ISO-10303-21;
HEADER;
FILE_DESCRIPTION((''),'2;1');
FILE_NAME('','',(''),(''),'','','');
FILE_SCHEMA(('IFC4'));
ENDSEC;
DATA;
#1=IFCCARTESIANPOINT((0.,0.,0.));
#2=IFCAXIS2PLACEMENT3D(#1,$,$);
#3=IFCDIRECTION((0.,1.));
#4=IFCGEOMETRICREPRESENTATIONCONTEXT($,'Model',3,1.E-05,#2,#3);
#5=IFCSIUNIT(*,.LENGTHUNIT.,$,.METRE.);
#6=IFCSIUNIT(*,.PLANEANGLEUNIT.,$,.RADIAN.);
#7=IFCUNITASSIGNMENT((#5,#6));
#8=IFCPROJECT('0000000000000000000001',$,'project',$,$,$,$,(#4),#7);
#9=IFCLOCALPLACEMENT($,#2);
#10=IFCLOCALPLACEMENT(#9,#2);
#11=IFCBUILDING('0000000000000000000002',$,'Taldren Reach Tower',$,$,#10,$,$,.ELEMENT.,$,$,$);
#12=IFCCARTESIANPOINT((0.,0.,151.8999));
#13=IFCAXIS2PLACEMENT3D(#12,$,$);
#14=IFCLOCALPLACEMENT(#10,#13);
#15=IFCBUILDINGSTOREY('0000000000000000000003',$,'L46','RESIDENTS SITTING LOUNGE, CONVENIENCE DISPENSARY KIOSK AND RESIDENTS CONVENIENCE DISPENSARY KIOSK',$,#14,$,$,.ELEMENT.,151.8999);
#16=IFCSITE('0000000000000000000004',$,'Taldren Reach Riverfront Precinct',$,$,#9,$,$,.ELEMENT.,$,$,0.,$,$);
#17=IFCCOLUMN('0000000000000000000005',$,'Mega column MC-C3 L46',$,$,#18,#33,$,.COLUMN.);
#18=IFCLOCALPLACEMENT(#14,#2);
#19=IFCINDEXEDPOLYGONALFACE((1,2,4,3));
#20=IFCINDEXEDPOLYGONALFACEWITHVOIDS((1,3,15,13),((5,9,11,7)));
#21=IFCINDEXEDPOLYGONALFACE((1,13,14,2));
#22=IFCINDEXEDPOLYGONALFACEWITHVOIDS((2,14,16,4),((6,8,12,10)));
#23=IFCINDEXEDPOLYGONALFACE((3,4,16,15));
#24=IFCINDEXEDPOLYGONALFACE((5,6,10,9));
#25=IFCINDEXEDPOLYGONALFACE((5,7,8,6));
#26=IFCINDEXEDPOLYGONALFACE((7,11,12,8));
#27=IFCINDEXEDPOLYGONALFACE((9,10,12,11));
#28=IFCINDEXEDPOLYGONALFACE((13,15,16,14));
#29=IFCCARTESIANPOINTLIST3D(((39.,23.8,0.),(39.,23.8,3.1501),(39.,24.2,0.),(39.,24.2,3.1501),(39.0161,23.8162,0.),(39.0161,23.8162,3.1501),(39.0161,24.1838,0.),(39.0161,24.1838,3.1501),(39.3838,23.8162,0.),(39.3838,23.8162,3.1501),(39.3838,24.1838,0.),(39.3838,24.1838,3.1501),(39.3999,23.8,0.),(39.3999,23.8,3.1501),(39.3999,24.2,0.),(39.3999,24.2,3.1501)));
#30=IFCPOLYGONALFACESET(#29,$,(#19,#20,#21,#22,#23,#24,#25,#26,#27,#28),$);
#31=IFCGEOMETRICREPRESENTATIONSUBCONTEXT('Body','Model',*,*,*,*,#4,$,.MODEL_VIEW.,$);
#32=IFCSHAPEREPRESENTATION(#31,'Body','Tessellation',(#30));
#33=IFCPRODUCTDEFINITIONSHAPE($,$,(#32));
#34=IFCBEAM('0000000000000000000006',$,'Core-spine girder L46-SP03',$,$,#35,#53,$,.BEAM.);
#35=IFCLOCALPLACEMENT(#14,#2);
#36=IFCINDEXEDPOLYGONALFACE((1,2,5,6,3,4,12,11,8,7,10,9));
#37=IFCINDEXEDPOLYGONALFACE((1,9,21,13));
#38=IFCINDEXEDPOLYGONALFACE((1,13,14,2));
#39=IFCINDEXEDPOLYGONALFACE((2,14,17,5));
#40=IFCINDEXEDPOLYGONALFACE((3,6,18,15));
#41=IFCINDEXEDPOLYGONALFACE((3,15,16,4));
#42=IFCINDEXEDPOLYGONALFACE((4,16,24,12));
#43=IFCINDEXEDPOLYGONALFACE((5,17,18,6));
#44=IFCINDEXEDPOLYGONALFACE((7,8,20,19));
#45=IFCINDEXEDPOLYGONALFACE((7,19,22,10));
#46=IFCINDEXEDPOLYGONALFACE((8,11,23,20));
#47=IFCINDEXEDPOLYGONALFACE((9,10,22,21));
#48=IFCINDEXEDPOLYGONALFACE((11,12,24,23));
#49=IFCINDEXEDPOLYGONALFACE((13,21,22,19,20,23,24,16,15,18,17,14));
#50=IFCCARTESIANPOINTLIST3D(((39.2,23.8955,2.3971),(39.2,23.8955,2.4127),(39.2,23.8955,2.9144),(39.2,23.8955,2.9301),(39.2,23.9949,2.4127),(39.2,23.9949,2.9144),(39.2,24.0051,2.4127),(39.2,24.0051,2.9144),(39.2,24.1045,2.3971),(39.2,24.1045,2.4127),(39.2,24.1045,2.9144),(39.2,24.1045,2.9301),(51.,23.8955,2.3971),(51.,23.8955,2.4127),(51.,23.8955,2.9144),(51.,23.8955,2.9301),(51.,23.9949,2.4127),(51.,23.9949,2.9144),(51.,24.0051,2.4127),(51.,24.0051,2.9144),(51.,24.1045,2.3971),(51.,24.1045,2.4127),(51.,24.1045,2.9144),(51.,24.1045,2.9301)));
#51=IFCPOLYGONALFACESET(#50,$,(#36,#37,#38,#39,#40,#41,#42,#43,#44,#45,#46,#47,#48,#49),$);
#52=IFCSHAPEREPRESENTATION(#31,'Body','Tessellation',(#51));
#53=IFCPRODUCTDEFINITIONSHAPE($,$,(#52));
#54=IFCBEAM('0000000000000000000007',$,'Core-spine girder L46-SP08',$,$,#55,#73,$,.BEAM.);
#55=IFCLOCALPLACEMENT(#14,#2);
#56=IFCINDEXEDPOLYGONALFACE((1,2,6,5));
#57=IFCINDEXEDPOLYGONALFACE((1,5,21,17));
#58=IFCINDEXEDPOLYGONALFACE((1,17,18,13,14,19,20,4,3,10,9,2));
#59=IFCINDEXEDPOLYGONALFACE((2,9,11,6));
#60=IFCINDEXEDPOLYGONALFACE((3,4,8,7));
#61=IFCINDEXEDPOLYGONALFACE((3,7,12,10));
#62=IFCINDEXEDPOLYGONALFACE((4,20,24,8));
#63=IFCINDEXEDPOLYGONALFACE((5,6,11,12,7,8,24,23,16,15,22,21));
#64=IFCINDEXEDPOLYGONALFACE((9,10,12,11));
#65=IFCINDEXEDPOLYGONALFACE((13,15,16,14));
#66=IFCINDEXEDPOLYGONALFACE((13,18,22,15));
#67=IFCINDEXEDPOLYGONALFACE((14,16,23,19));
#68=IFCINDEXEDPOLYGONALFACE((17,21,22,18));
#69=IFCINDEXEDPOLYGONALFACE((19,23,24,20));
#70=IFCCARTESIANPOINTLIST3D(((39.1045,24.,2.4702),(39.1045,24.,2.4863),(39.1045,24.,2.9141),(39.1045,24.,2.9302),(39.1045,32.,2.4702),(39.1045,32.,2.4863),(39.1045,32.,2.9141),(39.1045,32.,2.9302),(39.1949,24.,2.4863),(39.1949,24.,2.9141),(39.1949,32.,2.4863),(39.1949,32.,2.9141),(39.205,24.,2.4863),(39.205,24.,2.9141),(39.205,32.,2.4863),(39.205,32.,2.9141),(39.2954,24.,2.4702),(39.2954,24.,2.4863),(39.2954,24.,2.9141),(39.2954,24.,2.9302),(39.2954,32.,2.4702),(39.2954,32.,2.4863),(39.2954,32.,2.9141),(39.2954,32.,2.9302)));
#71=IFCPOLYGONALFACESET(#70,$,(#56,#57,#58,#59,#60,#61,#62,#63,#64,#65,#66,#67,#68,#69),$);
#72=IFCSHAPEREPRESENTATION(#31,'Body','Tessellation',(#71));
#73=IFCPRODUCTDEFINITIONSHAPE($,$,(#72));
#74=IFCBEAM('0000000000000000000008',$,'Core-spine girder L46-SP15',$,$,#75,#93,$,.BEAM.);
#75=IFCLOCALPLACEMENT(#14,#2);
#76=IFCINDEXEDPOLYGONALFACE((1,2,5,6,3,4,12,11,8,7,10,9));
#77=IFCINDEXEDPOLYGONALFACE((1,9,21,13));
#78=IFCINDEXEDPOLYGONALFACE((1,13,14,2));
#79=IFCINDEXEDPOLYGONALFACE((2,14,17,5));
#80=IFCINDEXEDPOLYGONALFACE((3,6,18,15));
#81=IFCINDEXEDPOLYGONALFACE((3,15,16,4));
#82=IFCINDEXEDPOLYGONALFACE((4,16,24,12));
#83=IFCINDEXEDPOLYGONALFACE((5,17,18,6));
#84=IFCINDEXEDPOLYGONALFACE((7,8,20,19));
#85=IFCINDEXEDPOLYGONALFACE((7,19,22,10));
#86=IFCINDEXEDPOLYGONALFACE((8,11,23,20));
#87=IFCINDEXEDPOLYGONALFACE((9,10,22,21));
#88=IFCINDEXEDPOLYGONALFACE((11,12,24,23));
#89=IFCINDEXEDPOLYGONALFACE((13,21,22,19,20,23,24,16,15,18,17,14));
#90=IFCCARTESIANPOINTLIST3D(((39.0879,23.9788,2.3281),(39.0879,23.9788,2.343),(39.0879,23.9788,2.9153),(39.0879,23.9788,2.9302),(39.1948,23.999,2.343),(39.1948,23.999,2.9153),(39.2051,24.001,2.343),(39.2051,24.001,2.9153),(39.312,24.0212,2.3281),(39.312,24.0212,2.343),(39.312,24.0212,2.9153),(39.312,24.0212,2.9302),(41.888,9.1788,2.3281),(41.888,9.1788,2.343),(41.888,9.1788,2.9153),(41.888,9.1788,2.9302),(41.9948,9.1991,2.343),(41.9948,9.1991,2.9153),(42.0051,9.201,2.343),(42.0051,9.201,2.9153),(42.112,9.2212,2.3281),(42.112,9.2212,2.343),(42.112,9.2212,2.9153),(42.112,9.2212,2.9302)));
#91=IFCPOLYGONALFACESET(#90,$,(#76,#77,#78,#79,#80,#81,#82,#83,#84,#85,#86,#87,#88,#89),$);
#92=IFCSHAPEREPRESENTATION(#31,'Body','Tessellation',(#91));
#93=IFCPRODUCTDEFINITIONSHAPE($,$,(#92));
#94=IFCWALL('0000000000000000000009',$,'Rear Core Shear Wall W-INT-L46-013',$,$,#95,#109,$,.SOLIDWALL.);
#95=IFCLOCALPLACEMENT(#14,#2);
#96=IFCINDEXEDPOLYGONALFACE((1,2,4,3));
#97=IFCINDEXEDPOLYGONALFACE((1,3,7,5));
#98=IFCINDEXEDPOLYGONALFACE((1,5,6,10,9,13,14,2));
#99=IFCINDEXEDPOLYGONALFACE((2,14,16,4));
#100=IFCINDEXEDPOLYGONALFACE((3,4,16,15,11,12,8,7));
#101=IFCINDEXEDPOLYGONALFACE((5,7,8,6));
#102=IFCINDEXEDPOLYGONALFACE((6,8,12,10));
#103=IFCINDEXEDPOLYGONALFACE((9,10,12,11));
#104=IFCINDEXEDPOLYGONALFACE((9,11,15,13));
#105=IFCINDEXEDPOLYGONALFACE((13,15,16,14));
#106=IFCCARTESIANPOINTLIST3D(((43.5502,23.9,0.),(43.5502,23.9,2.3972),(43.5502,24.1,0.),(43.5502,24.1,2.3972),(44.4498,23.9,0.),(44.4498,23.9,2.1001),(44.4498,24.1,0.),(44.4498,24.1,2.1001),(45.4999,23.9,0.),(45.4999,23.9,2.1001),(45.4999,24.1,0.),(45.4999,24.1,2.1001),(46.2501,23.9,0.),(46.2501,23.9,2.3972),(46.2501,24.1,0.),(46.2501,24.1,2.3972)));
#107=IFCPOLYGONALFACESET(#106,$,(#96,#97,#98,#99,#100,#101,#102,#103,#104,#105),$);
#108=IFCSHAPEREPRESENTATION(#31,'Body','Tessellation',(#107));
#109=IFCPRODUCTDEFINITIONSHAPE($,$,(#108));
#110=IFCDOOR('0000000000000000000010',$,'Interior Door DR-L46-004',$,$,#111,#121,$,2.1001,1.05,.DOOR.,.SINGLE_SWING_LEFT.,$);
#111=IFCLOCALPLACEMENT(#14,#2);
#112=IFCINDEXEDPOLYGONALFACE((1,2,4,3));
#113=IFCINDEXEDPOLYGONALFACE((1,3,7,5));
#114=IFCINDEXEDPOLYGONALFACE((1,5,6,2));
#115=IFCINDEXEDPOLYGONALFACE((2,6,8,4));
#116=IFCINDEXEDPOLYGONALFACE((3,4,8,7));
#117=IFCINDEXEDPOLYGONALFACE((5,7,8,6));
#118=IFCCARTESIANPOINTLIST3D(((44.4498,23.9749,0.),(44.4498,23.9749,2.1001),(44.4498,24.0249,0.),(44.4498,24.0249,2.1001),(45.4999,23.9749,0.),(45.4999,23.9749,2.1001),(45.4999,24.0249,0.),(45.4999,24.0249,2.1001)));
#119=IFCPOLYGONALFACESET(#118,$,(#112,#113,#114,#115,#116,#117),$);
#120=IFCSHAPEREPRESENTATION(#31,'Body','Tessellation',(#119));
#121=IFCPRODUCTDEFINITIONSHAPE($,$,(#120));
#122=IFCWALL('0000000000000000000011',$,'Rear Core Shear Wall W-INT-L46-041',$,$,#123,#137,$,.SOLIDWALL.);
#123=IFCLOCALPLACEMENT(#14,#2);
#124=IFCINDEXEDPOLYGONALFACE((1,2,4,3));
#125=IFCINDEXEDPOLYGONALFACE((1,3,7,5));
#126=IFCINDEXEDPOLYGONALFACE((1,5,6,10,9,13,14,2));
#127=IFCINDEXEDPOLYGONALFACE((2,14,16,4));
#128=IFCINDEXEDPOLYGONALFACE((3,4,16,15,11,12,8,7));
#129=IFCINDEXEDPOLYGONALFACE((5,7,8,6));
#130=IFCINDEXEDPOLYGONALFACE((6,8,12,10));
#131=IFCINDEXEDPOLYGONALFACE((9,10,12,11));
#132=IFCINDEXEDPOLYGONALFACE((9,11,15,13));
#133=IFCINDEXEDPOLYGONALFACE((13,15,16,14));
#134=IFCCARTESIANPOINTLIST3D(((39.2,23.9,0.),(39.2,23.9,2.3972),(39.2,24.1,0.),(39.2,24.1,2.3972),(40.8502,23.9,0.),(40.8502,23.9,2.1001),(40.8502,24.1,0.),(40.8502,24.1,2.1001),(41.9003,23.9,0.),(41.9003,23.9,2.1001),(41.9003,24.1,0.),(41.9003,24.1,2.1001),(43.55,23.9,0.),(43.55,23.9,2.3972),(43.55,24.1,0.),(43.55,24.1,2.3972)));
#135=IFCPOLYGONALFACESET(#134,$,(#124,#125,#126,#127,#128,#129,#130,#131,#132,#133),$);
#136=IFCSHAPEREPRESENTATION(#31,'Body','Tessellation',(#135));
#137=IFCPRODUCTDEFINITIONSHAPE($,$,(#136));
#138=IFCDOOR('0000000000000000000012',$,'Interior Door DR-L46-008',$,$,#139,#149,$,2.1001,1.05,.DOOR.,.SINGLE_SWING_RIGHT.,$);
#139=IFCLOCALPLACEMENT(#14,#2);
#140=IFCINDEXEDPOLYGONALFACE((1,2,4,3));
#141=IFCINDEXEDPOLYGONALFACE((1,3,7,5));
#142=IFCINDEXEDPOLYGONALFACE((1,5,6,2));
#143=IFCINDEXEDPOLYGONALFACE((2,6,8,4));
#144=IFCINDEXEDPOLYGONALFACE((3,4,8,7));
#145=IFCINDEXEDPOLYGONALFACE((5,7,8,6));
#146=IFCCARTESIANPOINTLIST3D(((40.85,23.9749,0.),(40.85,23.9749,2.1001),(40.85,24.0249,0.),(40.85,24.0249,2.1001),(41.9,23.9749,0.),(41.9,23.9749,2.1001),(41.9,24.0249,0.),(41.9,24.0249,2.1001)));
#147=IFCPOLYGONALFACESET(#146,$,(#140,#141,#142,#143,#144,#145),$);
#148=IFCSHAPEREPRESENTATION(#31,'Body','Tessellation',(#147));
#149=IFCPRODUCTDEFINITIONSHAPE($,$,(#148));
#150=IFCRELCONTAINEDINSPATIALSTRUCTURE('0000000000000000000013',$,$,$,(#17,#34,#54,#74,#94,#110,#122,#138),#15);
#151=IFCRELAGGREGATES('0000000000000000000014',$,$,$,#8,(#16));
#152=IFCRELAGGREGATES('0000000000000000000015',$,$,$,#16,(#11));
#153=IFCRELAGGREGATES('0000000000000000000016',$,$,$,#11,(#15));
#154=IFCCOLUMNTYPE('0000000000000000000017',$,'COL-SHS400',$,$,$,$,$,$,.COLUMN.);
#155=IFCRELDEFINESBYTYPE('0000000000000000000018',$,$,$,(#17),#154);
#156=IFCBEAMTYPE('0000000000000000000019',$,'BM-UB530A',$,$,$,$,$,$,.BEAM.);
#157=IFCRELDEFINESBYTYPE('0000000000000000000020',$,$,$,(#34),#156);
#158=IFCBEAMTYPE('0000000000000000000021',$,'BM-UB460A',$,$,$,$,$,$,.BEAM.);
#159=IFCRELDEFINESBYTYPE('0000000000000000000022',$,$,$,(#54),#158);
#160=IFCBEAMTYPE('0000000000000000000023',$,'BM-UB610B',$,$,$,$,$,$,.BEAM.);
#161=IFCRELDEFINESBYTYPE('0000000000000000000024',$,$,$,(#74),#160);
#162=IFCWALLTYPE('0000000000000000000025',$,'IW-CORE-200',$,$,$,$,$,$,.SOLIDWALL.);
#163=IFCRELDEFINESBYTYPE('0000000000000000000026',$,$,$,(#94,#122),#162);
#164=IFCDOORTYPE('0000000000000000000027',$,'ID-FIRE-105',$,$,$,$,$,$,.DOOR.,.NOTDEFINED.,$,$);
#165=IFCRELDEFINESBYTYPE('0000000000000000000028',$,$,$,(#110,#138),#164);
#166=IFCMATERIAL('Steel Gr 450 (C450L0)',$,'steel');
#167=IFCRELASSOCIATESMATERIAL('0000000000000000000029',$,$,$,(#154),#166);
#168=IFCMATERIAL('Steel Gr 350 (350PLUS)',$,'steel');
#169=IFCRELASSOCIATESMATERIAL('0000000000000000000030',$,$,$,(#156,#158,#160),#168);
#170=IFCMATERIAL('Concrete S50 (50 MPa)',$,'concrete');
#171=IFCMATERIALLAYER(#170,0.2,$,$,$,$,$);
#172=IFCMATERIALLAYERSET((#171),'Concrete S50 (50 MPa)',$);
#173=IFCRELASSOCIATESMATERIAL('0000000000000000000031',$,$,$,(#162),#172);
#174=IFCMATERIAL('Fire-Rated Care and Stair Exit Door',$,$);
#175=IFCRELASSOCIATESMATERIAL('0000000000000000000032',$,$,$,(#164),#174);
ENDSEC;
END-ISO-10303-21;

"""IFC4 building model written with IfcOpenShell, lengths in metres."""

from ifc_helpers import new_model, si_unit, direction, frame, frame_2d, origin, origin_2d, place, context, subcontext, project, spatial, rectangle, hollow_rectangle, i_section, extrude, source, transform, mapped, material, layer, layer_set, material_profile, profile_set, type_object, element, fill, save


model = new_model("IFC4")

# Units and contexts
model_context = context("Model", 3, precision=1e-05, world=origin(), true_north=direction((0.0, 1.0)))
body_context = subcontext(model_context, "Body", "Model", "MODEL_VIEW")
ifc_project = project(units=[si_unit("LENGTHUNIT", "METRE"), si_unit("PLANEANGLEUNIT", "RADIAN")], contexts=[model_context])

# Site, building, storey
site_placement = place(None, origin())
site = spatial("IfcSite", under=ifc_project, at=site_placement, Name="Taldren Reach Riverfront Precinct", CompositionType="ELEMENT", RefElevation=0.0)
building_placement = place(site_placement, origin())
building = spatial("IfcBuilding", under=site, at=building_placement, Name="Taldren Reach Tower", CompositionType="ELEMENT")
storey_placement = place(building_placement, frame((0.0, 0.0, 151.8999)))
storey = spatial("IfcBuildingStorey", under=building, at=storey_placement, Name="L46", Description="RESIDENTS SITTING LOUNGE, CONVENIENCE DISPENSARY KIOSK AND RESIDENTS CONVENIENCE DISPENSARY KIOSK", CompositionType="ELEMENT", Elevation=151.8999)

# Column
ifc_material_1 = material(Name="Steel Gr 450 (C450L0)", Category="steel")
ifc_material_profile_1 = material_profile(ifc_material_1, hollow_rectangle(XDim=0.3999, YDim=0.3999, WallThickness=0.0161, at=origin_2d()), Name="400x400x16.0SHS")
ifc_profile_set_1 = profile_set([ifc_material_profile_1], Name="Steel Gr 450 (C450L0)")
column_type = type_object("IfcColumnType", Name="COL-SHS400", PredefinedType="COLUMN", material=ifc_profile_set_1)
shared_shape_1 = source(origin(), body_context, "Body", "SweptSolid", [
    extrude(hollow_rectangle(XDim=0.3999, YDim=0.3999, WallThickness=0.0161, at=origin_2d()), origin(), (0.0, 0.0, 1.0), 3.1501),
])
column_placement = place(storey_placement, frame((39.2, 24.0, 0.0), z_axis=(0.0, 0.0, 1.0), x_axis=(1.0, 0.0, 0.0)))
element("IfcColumn", 1, at=column_placement, inside=storey, type_object=column_type, Name="Mega column MC-C3 L46", PredefinedType="COLUMN", context=body_context, shape_type="MappedRepresentation", body=[
    mapped(shared_shape_1, transform((0.0, 0.0, 0.0), scale=1.0)),
])

# Beams
ifc_material_2 = material(Name="Steel Gr 350 (350PLUS)", Category="steel")
ifc_material_profile_2 = material_profile(ifc_material_2, i_section(OverallWidth=0.209, OverallDepth=0.533, WebThickness=0.0103, FlangeThickness=0.0156, at=origin_2d()), Name="530UB92.4")
ifc_profile_set_2 = profile_set([ifc_material_profile_2], Name="Steel Gr 350 (350PLUS)")
beam_type_1 = type_object("IfcBeamType", Name="BM-UB530A", PredefinedType="BEAM", material=ifc_profile_set_2)
shared_shape_2 = source(origin(), body_context, "Body", "SweptSolid", [
    extrude(i_section(OverallWidth=0.209, OverallDepth=0.533, WebThickness=0.0103, FlangeThickness=0.0156, at=origin_2d()), origin(), (0.0, 0.0, 1.0), 11.8),
])
beam_1_placement = place(storey_placement, frame((39.2, 24.0, 2.6636), z_axis=(1.0, 0.0, 0.0), x_axis=(0.0, 1.0, 0.0)))
element("IfcBeam", 2, at=beam_1_placement, inside=storey, type_object=beam_type_1, Name="Core-spine girder L46-SP03", PredefinedType="BEAM", context=body_context, shape_type="MappedRepresentation", body=[
    mapped(shared_shape_2, transform((0.0, 0.0, 0.0), scale=1.0)),
])
ifc_material_profile_3 = material_profile(ifc_material_2, i_section(OverallWidth=0.1909, OverallDepth=0.46, WebThickness=0.01, FlangeThickness=0.0161, at=origin_2d()), Name="460UB82.1")
ifc_profile_set_3 = profile_set([ifc_material_profile_3], Name="Steel Gr 350 (350PLUS)")
beam_type_2 = type_object("IfcBeamType", Name="BM-UB460A", PredefinedType="BEAM", material=ifc_profile_set_3)
shared_shape_3 = source(origin(), body_context, "Body", "SweptSolid", [
    extrude(i_section(OverallWidth=0.1909, OverallDepth=0.46, WebThickness=0.01, FlangeThickness=0.0161, at=origin_2d()), origin(), (0.0, 0.0, 1.0), 8.0),
])
beam_2_placement = place(storey_placement, frame((39.2, 24.0, 2.7002), z_axis=(0.0, 1.0, 0.0), x_axis=(-1.0, 0.0, 0.0)))
element("IfcBeam", 3, at=beam_2_placement, inside=storey, type_object=beam_type_2, Name="Core-spine girder L46-SP08", PredefinedType="BEAM", context=body_context, shape_type="MappedRepresentation", body=[
    mapped(shared_shape_3, transform((0.0, 0.0, 0.0), scale=1.0)),
])
ifc_material_profile_4 = material_profile(ifc_material_2, i_section(OverallWidth=0.228, OverallDepth=0.6021, WebThickness=0.0105, FlangeThickness=0.0149, at=origin_2d()), Name="610UB101")
ifc_profile_set_4 = profile_set([ifc_material_profile_4], Name="Steel Gr 350 (350PLUS)")
beam_type_3 = type_object("IfcBeamType", Name="BM-UB610B", PredefinedType="BEAM", material=ifc_profile_set_4)
shared_shape_4 = source(origin(), body_context, "Body", "SweptSolid", [
    extrude(i_section(OverallWidth=0.228, OverallDepth=0.6021, WebThickness=0.0105, FlangeThickness=0.0149, at=origin_2d()), origin(), (0.0, 0.0, 1.0), 15.0625),
])
beam_3_placement = place(storey_placement, frame((39.2, 24.0, 2.6292), z_axis=(0.185894, -0.98257, 0.0), x_axis=(0.98257, 0.185894, 0.0)))
element("IfcBeam", 4, at=beam_3_placement, inside=storey, type_object=beam_type_3, Name="Core-spine girder L46-SP15", PredefinedType="BEAM", context=body_context, shape_type="MappedRepresentation", body=[
    mapped(shared_shape_4, transform((0.0, 0.0, 0.0), scale=1.0)),
])

# Walls, openings, doors
ifc_material_3 = material(Name="Concrete S50 (50 MPa)", Category="concrete")
ifc_layer_1 = layer(ifc_material_3, 0.2)
ifc_layer_set_1 = layer_set([ifc_layer_1], Name="Concrete S50 (50 MPa)")
wall_type_1 = type_object("IfcWallType", Name="IW-CORE-200", PredefinedType="SOLIDWALL", material=ifc_layer_set_1)
shared_shape_5 = source(origin(), body_context, "Body", "SweptSolid", [
    extrude(rectangle(XDim=2.7, YDim=0.2, at=frame_2d((1.3501, 0.0))), origin(), (0.0, 0.0, 1.0), 2.3972),
])
wall_1_placement = place(storey_placement, frame((43.55, 24.0, 0.0), z_axis=(0.0, 0.0, 1.0), x_axis=(1.0, 0.0, 0.0)))
wall_1 = element("IfcWall", 5, at=wall_1_placement, inside=storey, type_object=wall_type_1, Name="Rear Core Shear Wall W-INT-L46-013", PredefinedType="SOLIDWALL", context=body_context, shape_type="MappedRepresentation", body=[
    mapped(shared_shape_5, transform((0.0, 0.0, 0.0), scale=1.0)),
])
shared_shape_6 = source(origin(), body_context, "Body", "SweptSolid", [
    extrude(rectangle(XDim=1.05, YDim=2.1001, at=frame_2d((0.5249, 1.05))), frame((0.0, 0.1099, 0.0), z_axis=(0.0, -1.0, 0.0), x_axis=(1.0, 0.0, 0.0)), (0.0, 0.0, 1.0), 0.22),
])
opening_1_placement = place(wall_1_placement, frame((0.8999, 0.0, 0.0)))
opening_1 = element("IfcOpeningElement", 6, at=opening_1_placement, cuts=wall_1, PredefinedType="OPENING", context=body_context, shape_type="MappedRepresentation", body=[
    mapped(shared_shape_6, transform((0.0, 0.0, 0.0), scale=1.0)),
])
ifc_material_4 = material(Name="Fire-Rated Care and Stair Exit Door")
door_type_1 = type_object("IfcDoorType", Name="ID-FIRE-105", OperationType="NOTDEFINED", PredefinedType="DOOR", material=ifc_material_4)
shared_shape_7 = source(origin(), body_context, "Body", "SweptSolid", [
    extrude(rectangle(XDim=1.05, YDim=2.1001, at=frame_2d((0.5249, 1.05))), frame((0.0, 0.0249, 0.0), z_axis=(0.0, -1.0, 0.0), x_axis=(1.0, 0.0, 0.0)), (0.0, 0.0, 1.0), 0.05),
])
door_1_placement = place(opening_1_placement, origin())
door_1 = element("IfcDoor", 7, at=door_1_placement, inside=storey, type_object=door_type_1, Name="Interior Door DR-L46-004", OperationType="SINGLE_SWING_LEFT", OverallHeight=2.1001, OverallWidth=1.05, PredefinedType="DOOR", context=body_context, shape_type="MappedRepresentation", body=[
    mapped(shared_shape_7, transform((0.0, 0.0, 0.0), scale=1.0)),
])
fill(opening_1, door_1)
shared_shape_8 = source(origin(), body_context, "Body", "SweptSolid", [
    extrude(rectangle(XDim=4.3501, YDim=0.2, at=frame_2d((2.175, 0.0))), origin(), (0.0, 0.0, 1.0), 2.3972),
])
wall_2_placement = place(storey_placement, frame((43.55, 24.0, 0.0), z_axis=(0.0, 0.0, 1.0), x_axis=(-1.0, 0.0, 0.0)))
wall_2 = element("IfcWall", 8, at=wall_2_placement, inside=storey, type_object=wall_type_1, Name="Rear Core Shear Wall W-INT-L46-041", PredefinedType="SOLIDWALL", context=body_context, shape_type="MappedRepresentation", body=[
    mapped(shared_shape_8, transform((0.0, 0.0, 0.0), scale=1.0)),
])
opening_2_placement = place(wall_2_placement, frame((1.6499, 0.0, 0.0)))
opening_2 = element("IfcOpeningElement", 9, at=opening_2_placement, cuts=wall_2, PredefinedType="OPENING", context=body_context, shape_type="MappedRepresentation", body=[
    mapped(shared_shape_6, transform((0.0, 0.0, 0.0), scale=1.0)),
])
door_2_placement = place(opening_2_placement, frame((1.05, 0.0, 0.0), z_axis=(0.0, 0.0, 1.0), x_axis=(-1.0, 0.0, 0.0)))
door_2 = element("IfcDoor", 10, at=door_2_placement, inside=storey, type_object=door_type_1, Name="Interior Door DR-L46-008", OperationType="SINGLE_SWING_RIGHT", OverallHeight=2.1001, OverallWidth=1.05, PredefinedType="DOOR", context=body_context, shape_type="MappedRepresentation", body=[
    mapped(shared_shape_7, transform((0.0, 0.0, 0.0), scale=1.0)),
])
fill(opening_2, door_2)

save(model, "model.ifc")
